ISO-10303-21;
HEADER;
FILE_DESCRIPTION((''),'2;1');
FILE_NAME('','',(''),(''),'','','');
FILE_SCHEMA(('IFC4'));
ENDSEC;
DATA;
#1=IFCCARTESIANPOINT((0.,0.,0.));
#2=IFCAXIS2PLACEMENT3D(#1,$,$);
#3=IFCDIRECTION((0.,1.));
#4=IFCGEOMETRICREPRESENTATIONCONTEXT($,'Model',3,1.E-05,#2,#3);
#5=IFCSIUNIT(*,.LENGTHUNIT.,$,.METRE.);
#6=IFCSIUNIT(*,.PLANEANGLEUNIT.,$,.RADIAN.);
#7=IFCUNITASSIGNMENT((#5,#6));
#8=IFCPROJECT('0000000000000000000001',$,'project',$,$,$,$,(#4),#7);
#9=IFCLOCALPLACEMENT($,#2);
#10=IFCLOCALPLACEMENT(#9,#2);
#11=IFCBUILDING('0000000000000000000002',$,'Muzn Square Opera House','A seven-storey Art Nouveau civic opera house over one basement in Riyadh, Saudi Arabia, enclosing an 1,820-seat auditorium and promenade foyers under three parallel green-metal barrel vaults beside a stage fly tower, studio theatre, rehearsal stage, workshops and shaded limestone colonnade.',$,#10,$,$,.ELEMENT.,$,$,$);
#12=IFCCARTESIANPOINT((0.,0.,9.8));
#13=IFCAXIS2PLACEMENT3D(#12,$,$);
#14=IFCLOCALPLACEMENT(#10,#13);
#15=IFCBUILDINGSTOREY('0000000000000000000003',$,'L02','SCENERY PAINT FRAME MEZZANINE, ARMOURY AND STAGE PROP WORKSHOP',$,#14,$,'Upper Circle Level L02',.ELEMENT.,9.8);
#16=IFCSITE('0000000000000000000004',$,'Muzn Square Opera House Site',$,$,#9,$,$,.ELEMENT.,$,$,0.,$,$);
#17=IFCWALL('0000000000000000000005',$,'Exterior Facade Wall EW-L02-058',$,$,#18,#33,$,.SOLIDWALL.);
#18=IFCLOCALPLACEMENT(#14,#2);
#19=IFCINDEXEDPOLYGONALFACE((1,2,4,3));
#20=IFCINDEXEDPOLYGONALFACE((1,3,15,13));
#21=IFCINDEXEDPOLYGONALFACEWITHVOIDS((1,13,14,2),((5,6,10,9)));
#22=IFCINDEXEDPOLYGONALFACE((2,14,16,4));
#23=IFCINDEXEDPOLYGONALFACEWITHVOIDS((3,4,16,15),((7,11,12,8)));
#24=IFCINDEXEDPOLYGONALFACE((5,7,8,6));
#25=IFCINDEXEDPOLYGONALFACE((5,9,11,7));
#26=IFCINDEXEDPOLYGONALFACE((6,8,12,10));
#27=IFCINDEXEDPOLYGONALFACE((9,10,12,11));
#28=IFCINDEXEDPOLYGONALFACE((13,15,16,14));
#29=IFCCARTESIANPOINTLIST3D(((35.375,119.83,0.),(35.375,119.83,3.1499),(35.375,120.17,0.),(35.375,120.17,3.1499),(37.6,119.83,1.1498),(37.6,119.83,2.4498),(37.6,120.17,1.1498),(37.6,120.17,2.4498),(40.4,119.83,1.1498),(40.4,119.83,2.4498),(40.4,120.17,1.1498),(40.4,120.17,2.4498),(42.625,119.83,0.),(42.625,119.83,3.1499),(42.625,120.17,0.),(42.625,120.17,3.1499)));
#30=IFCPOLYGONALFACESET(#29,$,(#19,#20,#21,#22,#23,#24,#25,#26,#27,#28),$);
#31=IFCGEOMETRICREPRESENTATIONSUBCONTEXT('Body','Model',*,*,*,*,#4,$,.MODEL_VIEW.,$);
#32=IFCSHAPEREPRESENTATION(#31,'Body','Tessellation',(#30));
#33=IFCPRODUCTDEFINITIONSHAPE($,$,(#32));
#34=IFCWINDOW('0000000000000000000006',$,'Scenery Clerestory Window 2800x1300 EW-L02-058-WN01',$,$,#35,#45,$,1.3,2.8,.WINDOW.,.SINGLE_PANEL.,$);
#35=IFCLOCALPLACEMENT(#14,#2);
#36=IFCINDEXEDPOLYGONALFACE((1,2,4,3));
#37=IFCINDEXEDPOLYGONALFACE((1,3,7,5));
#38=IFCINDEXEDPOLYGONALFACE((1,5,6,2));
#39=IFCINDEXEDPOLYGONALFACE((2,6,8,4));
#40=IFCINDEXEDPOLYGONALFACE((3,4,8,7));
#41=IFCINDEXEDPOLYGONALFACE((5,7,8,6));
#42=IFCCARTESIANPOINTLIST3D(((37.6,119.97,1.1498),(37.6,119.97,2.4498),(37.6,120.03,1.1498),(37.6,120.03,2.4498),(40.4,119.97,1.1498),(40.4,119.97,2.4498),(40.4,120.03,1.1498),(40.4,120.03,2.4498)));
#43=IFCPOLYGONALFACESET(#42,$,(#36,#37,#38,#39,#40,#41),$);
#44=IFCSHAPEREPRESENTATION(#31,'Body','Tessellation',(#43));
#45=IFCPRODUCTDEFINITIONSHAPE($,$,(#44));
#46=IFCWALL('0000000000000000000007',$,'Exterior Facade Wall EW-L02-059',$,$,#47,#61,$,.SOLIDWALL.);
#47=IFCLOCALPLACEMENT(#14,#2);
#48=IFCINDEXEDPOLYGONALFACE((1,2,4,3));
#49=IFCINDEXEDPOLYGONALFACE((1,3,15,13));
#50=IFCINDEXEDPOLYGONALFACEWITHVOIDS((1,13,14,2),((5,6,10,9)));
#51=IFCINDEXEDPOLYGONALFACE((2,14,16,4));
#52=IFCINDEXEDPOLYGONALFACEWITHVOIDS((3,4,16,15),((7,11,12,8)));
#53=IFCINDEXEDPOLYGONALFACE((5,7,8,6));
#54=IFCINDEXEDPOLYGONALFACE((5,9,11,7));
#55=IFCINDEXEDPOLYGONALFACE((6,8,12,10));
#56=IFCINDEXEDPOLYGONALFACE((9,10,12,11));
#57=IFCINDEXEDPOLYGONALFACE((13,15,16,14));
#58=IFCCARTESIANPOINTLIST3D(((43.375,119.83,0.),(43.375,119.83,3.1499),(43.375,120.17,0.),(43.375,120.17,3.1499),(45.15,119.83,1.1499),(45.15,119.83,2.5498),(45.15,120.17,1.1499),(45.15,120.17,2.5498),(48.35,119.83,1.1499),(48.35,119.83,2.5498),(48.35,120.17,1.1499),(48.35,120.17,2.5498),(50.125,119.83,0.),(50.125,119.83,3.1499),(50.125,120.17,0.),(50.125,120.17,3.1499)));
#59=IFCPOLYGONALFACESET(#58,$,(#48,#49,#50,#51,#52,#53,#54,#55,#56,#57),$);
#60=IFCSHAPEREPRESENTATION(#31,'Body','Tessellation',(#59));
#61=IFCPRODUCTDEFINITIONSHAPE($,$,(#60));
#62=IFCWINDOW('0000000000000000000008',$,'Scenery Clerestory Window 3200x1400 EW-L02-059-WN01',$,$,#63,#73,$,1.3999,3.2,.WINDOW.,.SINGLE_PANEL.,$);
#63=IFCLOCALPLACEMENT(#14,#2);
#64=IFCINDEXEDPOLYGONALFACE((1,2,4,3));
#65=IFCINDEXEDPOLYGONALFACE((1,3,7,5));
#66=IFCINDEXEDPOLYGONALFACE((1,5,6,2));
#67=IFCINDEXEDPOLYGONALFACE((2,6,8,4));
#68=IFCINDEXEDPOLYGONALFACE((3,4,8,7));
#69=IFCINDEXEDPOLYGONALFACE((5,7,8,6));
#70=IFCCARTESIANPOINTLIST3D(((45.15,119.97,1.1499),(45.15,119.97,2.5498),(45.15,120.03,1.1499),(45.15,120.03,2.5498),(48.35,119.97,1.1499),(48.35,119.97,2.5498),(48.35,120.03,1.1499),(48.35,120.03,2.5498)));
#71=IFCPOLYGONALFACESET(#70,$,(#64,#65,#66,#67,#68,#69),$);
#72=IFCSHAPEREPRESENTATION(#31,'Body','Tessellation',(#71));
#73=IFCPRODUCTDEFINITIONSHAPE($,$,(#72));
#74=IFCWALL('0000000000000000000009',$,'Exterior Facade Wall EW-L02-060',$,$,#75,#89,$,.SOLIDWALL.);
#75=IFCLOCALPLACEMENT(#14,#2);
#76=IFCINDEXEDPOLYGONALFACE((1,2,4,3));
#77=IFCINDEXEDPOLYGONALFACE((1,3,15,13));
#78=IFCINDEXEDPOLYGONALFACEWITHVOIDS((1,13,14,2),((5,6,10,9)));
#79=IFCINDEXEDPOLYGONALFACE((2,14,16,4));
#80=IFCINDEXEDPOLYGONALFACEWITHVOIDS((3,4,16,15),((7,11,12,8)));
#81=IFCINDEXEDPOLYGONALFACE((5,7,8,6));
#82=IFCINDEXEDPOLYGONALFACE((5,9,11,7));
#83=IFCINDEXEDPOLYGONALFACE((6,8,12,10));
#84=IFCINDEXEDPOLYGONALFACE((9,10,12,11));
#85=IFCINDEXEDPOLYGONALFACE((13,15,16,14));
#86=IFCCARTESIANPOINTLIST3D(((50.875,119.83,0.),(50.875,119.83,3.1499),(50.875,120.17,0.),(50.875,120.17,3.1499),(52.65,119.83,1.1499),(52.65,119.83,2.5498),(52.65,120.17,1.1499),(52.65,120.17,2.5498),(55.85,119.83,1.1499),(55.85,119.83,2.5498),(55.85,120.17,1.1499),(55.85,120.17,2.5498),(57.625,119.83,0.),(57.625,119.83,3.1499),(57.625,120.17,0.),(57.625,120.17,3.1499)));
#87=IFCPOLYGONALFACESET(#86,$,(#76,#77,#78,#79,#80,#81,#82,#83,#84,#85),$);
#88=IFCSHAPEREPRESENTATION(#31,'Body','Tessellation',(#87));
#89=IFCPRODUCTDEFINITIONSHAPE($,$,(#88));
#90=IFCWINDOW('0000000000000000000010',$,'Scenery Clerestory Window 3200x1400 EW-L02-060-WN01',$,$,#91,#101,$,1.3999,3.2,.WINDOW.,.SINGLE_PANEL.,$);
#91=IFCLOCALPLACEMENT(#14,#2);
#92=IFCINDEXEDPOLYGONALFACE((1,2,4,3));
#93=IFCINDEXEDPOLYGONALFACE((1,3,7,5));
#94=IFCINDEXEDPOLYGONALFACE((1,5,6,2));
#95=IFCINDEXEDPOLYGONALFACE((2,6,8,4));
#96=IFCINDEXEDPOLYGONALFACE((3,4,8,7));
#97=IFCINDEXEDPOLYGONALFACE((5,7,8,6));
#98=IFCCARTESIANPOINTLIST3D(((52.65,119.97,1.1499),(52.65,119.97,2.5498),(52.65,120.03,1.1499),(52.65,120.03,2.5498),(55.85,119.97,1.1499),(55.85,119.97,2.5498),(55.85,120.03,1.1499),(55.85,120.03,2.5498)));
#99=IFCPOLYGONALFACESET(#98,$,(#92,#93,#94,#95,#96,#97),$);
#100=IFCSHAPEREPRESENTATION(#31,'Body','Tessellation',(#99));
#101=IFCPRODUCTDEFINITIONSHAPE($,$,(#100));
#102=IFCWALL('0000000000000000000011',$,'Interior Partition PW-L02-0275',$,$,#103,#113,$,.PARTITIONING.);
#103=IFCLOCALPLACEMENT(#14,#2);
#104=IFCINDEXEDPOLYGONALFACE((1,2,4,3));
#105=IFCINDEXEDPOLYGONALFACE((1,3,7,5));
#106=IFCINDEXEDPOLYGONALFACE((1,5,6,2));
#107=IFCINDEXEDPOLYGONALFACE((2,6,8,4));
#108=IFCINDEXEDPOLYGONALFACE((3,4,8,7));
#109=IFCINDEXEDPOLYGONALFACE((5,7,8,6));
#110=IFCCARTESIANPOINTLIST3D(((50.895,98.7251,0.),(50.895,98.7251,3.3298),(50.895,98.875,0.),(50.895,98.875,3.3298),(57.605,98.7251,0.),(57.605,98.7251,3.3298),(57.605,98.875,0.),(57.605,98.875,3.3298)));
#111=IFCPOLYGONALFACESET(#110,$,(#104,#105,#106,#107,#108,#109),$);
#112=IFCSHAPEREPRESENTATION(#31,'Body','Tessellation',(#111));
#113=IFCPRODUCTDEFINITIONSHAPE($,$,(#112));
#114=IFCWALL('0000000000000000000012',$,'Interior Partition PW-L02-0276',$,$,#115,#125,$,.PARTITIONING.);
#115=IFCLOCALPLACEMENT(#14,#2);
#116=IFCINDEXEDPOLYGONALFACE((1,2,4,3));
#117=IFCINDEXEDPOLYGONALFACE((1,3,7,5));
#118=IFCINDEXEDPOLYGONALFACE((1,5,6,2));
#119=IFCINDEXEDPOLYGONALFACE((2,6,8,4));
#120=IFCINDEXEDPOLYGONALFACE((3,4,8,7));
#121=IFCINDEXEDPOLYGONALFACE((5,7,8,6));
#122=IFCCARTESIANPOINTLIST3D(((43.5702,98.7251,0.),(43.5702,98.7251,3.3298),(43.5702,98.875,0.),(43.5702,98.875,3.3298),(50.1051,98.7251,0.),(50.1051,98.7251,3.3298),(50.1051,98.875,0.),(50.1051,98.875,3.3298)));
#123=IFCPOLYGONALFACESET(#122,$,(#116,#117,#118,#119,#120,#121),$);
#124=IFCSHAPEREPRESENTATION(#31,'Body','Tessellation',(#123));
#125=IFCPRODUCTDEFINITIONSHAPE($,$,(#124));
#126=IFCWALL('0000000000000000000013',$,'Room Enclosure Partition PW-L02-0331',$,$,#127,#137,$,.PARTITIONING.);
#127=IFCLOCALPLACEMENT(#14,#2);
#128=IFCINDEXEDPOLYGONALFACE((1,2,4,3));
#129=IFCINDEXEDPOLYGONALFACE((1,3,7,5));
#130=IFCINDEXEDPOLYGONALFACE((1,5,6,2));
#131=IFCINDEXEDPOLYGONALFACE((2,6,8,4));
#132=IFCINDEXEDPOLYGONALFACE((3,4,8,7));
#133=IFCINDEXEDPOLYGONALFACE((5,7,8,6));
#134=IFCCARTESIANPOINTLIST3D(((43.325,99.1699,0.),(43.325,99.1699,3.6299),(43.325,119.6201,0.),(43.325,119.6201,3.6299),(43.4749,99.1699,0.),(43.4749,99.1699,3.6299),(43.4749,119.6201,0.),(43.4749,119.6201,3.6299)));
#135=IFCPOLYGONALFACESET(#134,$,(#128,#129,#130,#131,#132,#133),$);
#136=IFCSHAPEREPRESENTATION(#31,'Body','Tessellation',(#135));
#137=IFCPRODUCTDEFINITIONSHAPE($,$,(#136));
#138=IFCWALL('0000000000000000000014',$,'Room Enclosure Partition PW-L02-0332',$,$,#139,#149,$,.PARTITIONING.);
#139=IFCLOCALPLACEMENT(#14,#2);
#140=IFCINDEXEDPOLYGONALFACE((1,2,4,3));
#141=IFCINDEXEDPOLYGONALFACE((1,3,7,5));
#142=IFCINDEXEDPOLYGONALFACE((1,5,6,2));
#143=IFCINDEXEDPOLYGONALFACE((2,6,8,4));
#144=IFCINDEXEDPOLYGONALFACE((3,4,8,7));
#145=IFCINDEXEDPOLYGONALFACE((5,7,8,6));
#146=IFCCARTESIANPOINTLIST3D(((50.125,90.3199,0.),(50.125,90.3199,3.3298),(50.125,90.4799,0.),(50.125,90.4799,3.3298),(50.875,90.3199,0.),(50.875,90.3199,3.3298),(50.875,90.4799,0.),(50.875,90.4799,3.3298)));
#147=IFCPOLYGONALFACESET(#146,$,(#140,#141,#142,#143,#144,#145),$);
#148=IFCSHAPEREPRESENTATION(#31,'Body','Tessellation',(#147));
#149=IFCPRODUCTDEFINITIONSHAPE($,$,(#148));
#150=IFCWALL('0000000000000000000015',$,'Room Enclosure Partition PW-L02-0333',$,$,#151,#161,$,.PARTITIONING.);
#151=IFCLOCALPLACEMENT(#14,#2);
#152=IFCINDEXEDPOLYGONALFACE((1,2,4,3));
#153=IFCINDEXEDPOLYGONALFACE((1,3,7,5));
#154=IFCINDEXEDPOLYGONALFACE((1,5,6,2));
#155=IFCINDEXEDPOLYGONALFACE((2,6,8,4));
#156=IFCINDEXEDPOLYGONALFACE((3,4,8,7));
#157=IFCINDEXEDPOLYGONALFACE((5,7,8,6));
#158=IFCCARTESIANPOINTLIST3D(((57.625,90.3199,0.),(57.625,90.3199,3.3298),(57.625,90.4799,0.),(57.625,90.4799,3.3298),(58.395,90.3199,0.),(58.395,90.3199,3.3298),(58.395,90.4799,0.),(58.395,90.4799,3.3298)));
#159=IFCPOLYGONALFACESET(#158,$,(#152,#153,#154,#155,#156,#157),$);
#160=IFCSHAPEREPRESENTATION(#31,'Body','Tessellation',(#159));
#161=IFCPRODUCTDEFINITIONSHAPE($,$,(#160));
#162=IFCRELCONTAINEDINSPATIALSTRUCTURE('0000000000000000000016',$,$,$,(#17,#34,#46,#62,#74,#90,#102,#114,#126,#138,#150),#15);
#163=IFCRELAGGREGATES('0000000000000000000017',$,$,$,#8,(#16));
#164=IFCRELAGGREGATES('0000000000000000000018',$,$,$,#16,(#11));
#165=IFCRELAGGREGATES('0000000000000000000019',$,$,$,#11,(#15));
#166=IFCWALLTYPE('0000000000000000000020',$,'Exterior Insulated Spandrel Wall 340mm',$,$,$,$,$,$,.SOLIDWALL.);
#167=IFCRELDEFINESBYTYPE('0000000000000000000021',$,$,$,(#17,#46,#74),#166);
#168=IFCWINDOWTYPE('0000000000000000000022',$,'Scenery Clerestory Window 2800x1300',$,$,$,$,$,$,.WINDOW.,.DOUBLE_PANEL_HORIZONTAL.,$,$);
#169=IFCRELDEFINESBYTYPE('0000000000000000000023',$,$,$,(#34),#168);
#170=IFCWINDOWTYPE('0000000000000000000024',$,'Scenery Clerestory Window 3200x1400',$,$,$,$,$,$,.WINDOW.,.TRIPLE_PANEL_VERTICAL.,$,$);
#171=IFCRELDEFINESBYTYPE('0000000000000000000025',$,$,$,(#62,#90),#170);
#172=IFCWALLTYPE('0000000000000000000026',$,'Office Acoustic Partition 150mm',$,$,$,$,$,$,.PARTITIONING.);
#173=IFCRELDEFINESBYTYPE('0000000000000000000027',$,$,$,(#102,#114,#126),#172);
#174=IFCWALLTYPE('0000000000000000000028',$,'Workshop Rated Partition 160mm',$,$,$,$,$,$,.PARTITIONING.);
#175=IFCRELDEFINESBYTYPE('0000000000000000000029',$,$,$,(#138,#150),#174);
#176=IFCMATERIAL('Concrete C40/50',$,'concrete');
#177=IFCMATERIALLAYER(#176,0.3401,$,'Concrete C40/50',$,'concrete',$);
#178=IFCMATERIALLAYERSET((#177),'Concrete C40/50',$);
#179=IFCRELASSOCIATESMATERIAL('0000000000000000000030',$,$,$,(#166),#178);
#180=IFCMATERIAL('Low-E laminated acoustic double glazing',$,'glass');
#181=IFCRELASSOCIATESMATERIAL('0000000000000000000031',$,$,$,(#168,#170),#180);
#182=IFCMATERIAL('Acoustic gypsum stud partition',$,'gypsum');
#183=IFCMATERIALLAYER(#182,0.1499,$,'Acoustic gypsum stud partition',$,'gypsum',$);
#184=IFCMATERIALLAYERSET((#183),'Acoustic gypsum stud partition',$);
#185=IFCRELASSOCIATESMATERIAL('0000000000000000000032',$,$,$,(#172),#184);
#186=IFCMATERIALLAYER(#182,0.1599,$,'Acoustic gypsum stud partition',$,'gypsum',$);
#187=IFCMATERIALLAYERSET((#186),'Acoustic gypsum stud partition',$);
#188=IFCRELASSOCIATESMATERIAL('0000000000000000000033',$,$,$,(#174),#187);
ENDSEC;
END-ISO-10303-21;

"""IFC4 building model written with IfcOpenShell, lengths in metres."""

from ifc_helpers import new_model, si_unit, direction, frame, frame_2d, origin, place, context, subcontext, project, spatial, rectangle, extrude, material, layer, layer_set, type_object, element, fill, save


model = new_model("IFC4")

# Units and contexts
model_context = context("Model", 3, precision=1e-05, world=origin(), true_north=direction((0.0, 1.0)))
body_context = subcontext(model_context, "Body", "Model", "MODEL_VIEW")
ifc_project = project(units=[si_unit("LENGTHUNIT", "METRE"), si_unit("PLANEANGLEUNIT", "RADIAN")], contexts=[model_context])

# Site, building, storey
site_placement = place(None, origin())
site = spatial("IfcSite", under=ifc_project, at=site_placement, Name="Muzn Square Opera House Site", CompositionType="ELEMENT", RefElevation=0.0)
building_placement = place(site_placement, origin())
building = spatial("IfcBuilding", under=site, at=building_placement, Name="Muzn Square Opera House", Description="A seven-storey Art Nouveau civic opera house over one basement in Riyadh, Saudi Arabia, enclosing an 1,820-seat auditorium and promenade foyers under three parallel green-metal barrel vaults beside a stage fly tower, studio theatre, rehearsal stage, workshops and shaded limestone colonnade.", CompositionType="ELEMENT")
storey_placement = place(building_placement, frame((0.0, 0.0, 9.8)))
storey = spatial("IfcBuildingStorey", under=building, at=storey_placement, Name="L02", Description="SCENERY PAINT FRAME MEZZANINE, ARMOURY AND STAGE PROP WORKSHOP", LongName="Upper Circle Level L02", CompositionType="ELEMENT", Elevation=9.8)

# Shared definitions
ifc_material_1 = material(Name="Concrete C40/50", Category="concrete")

# Walls, openings, windows
ifc_layer_1 = layer(ifc_material_1, 0.3401, Name="Concrete C40/50", Category="concrete")
ifc_layer_set_1 = layer_set([ifc_layer_1], Name="Concrete C40/50")
wall_type_1 = type_object("IfcWallType", Name="Exterior Insulated Spandrel Wall 340mm", PredefinedType="SOLIDWALL", material=ifc_layer_set_1)
wall_1_placement = place(storey_placement, frame((35.375, 120.0, 0.0), z_axis=(0.0, 0.0, 1.0), x_axis=(1.0, 0.0, 0.0)))
wall_1 = element("IfcWall", 1, at=wall_1_placement, inside=storey, type_object=wall_type_1, Name="Exterior Facade Wall EW-L02-058", PredefinedType="SOLIDWALL", context=body_context, shape_type="SweptSolid", body=[
    extrude(rectangle(XDim=7.25, YDim=0.3401, at=frame_2d((3.625, 0.0))), origin(), (0.0, 0.0, 1.0), 3.1499),
])
opening_1_placement = place(wall_1_placement, frame((2.2251, 0.0, 1.1499)))
opening_1 = element("IfcOpeningElement", 2, at=opening_1_placement, cuts=wall_1, PredefinedType="OPENING", context=body_context, shape_type="SweptSolid", body=[
    extrude(rectangle(XDim=2.8, YDim=1.3, at=frame_2d((1.3999, 0.6499))), frame((0.0, 0.1799, 0.0), z_axis=(0.0, -1.0, 0.0), x_axis=(1.0, 0.0, 0.0)), (0.0, 0.0, 1.0), 0.3601),
])
ifc_material_2 = material(Name="Low-E laminated acoustic double glazing", Category="glass")
window_type_1 = type_object("IfcWindowType", Name="Scenery Clerestory Window 2800x1300", PartitioningType="DOUBLE_PANEL_HORIZONTAL", PredefinedType="WINDOW", material=ifc_material_2)
window_1_placement = place(opening_1_placement, origin())
window_1 = element("IfcWindow", 3, at=window_1_placement, inside=storey, type_object=window_type_1, Name="Scenery Clerestory Window 2800x1300 EW-L02-058-WN01", OverallHeight=1.3, OverallWidth=2.8, PartitioningType="SINGLE_PANEL", PredefinedType="WINDOW", context=body_context, shape_type="SweptSolid", body=[
    extrude(rectangle(XDim=2.8, YDim=1.3, at=frame_2d((1.3999, 0.6499))), frame((0.0, 0.03, 0.0), z_axis=(0.0, -1.0, 0.0), x_axis=(1.0, 0.0, 0.0)), (0.0, 0.0, 1.0), 0.0601),
])
fill(opening_1, window_1)
wall_2_placement = place(storey_placement, frame((43.375, 120.0, 0.0), z_axis=(0.0, 0.0, 1.0), x_axis=(1.0, 0.0, 0.0)))
wall_2 = element("IfcWall", 4, at=wall_2_placement, inside=storey, type_object=wall_type_1, Name="Exterior Facade Wall EW-L02-059", PredefinedType="SOLIDWALL", context=body_context, shape_type="SweptSolid", body=[
    extrude(rectangle(XDim=6.75, YDim=0.3401, at=frame_2d((3.375, 0.0))), origin(), (0.0, 0.0, 1.0), 3.1499),
])
opening_2_placement = place(wall_2_placement, frame((1.7749, 0.0, 1.1499)))
opening_2 = element("IfcOpeningElement", 5, at=opening_2_placement, cuts=wall_2, PredefinedType="OPENING", context=body_context, shape_type="SweptSolid", body=[
    extrude(rectangle(XDim=3.2, YDim=1.3999, at=frame_2d((1.6001, 0.7))), frame((0.0, 0.1799, 0.0), z_axis=(0.0, -1.0, 0.0), x_axis=(1.0, 0.0, 0.0)), (0.0, 0.0, 1.0), 0.3601),
])
window_type_2 = type_object("IfcWindowType", Name="Scenery Clerestory Window 3200x1400", PartitioningType="TRIPLE_PANEL_VERTICAL", PredefinedType="WINDOW", material=ifc_material_2)
window_2_placement = place(opening_2_placement, origin())
window_2 = element("IfcWindow", 6, at=window_2_placement, inside=storey, type_object=window_type_2, Name="Scenery Clerestory Window 3200x1400 EW-L02-059-WN01", OverallHeight=1.3999, OverallWidth=3.2, PartitioningType="SINGLE_PANEL", PredefinedType="WINDOW", context=body_context, shape_type="SweptSolid", body=[
    extrude(rectangle(XDim=3.2, YDim=1.3999, at=frame_2d((1.6001, 0.7))), frame((0.0, 0.03, 0.0), z_axis=(0.0, -1.0, 0.0), x_axis=(1.0, 0.0, 0.0)), (0.0, 0.0, 1.0), 0.0601),
])
fill(opening_2, window_2)
wall_3_placement = place(storey_placement, frame((50.875, 120.0, 0.0), z_axis=(0.0, 0.0, 1.0), x_axis=(1.0, 0.0, 0.0)))
wall_3 = element("IfcWall", 7, at=wall_3_placement, inside=storey, type_object=wall_type_1, Name="Exterior Facade Wall EW-L02-060", PredefinedType="SOLIDWALL", context=body_context, shape_type="SweptSolid", body=[
    extrude(rectangle(XDim=6.75, YDim=0.3401, at=frame_2d((3.375, 0.0))), origin(), (0.0, 0.0, 1.0), 3.1499),
])
opening_3_placement = place(wall_3_placement, frame((1.7749, 0.0, 1.1499)))
opening_3 = element("IfcOpeningElement", 8, at=opening_3_placement, cuts=wall_3, PredefinedType="OPENING", context=body_context, shape_type="SweptSolid", body=[
    extrude(rectangle(XDim=3.2, YDim=1.3999, at=frame_2d((1.6001, 0.7))), frame((0.0, 0.1799, 0.0), z_axis=(0.0, -1.0, 0.0), x_axis=(1.0, 0.0, 0.0)), (0.0, 0.0, 1.0), 0.3601),
])
window_3_placement = place(opening_3_placement, origin())
window_3 = element("IfcWindow", 9, at=window_3_placement, inside=storey, type_object=window_type_2, Name="Scenery Clerestory Window 3200x1400 EW-L02-060-WN01", OverallHeight=1.3999, OverallWidth=3.2, PartitioningType="SINGLE_PANEL", PredefinedType="WINDOW", context=body_context, shape_type="SweptSolid", body=[
    extrude(rectangle(XDim=3.2, YDim=1.3999, at=frame_2d((1.6001, 0.7))), frame((0.0, 0.03, 0.0), z_axis=(0.0, -1.0, 0.0), x_axis=(1.0, 0.0, 0.0)), (0.0, 0.0, 1.0), 0.0601),
])
fill(opening_3, window_3)

# Walls
ifc_material_3 = material(Name="Acoustic gypsum stud partition", Category="gypsum")
ifc_layer_2 = layer(ifc_material_3, 0.1499, Name="Acoustic gypsum stud partition", Category="gypsum")
ifc_layer_set_2 = layer_set([ifc_layer_2], Name="Acoustic gypsum stud partition")
wall_type_2 = type_object("IfcWallType", Name="Office Acoustic Partition 150mm", PredefinedType="PARTITIONING", material=ifc_layer_set_2)
wall_4_placement = place(storey_placement, frame((50.895, 98.8, 0.0), z_axis=(0.0, 0.0, 1.0), x_axis=(1.0, 0.0, 0.0)))
element("IfcWall", 10, at=wall_4_placement, inside=storey, type_object=wall_type_2, Name="Interior Partition PW-L02-0275", PredefinedType="PARTITIONING", context=body_context, shape_type="SweptSolid", body=[
    extrude(rectangle(XDim=6.71, YDim=0.1499, at=frame_2d((3.355, 0.0))), origin(), (0.0, 0.0, 1.0), 3.3298),
])
wall_5_placement = place(storey_placement, frame((43.5701, 98.8, 0.0), z_axis=(0.0, 0.0, 1.0), x_axis=(1.0, 0.0, 0.0)))
element("IfcWall", 11, at=wall_5_placement, inside=storey, type_object=wall_type_2, Name="Interior Partition PW-L02-0276", PredefinedType="PARTITIONING", context=body_context, shape_type="SweptSolid", body=[
    extrude(rectangle(XDim=6.5349, YDim=0.1499, at=frame_2d((3.2676, 0.0))), origin(), (0.0, 0.0, 1.0), 3.3298),
])
wall_6_placement = place(storey_placement, frame((43.3999, 99.1699, 0.0), z_axis=(0.0, 0.0, 1.0), x_axis=(0.0, 1.0, 0.0)))
element("IfcWall", 12, at=wall_6_placement, inside=storey, type_object=wall_type_2, Name="Room Enclosure Partition PW-L02-0331", PredefinedType="PARTITIONING", context=body_context, shape_type="SweptSolid", body=[
    extrude(rectangle(XDim=20.4502, YDim=0.1499, at=frame_2d((10.2251, 0.0))), origin(), (0.0, 0.0, 1.0), 3.6299),
])
ifc_layer_3 = layer(ifc_material_3, 0.1599, Name="Acoustic gypsum stud partition", Category="gypsum")
ifc_layer_set_3 = layer_set([ifc_layer_3], Name="Acoustic gypsum stud partition")
wall_type_3 = type_object("IfcWallType", Name="Workshop Rated Partition 160mm", PredefinedType="PARTITIONING", material=ifc_layer_set_3)
wall_7_placement = place(storey_placement, frame((50.125, 90.3999, 0.0), z_axis=(0.0, 0.0, 1.0), x_axis=(1.0, 0.0, 0.0)))
element("IfcWall", 13, at=wall_7_placement, inside=storey, type_object=wall_type_3, Name="Room Enclosure Partition PW-L02-0332", PredefinedType="PARTITIONING", context=body_context, shape_type="SweptSolid", body=[
    extrude(rectangle(XDim=0.75, YDim=0.1599, at=frame_2d((0.375, 0.0))), origin(), (0.0, 0.0, 1.0), 3.3298),
])
wall_8_placement = place(storey_placement, frame((57.625, 90.3999, 0.0), z_axis=(0.0, 0.0, 1.0), x_axis=(1.0, 0.0, 0.0)))
element("IfcWall", 14, at=wall_8_placement, inside=storey, type_object=wall_type_3, Name="Room Enclosure Partition PW-L02-0333", PredefinedType="PARTITIONING", context=body_context, shape_type="SweptSolid", body=[
    extrude(rectangle(XDim=0.77, YDim=0.1599, at=frame_2d((0.385, 0.0))), origin(), (0.0, 0.0, 1.0), 3.3298),
])

save(model, "model.ifc")
